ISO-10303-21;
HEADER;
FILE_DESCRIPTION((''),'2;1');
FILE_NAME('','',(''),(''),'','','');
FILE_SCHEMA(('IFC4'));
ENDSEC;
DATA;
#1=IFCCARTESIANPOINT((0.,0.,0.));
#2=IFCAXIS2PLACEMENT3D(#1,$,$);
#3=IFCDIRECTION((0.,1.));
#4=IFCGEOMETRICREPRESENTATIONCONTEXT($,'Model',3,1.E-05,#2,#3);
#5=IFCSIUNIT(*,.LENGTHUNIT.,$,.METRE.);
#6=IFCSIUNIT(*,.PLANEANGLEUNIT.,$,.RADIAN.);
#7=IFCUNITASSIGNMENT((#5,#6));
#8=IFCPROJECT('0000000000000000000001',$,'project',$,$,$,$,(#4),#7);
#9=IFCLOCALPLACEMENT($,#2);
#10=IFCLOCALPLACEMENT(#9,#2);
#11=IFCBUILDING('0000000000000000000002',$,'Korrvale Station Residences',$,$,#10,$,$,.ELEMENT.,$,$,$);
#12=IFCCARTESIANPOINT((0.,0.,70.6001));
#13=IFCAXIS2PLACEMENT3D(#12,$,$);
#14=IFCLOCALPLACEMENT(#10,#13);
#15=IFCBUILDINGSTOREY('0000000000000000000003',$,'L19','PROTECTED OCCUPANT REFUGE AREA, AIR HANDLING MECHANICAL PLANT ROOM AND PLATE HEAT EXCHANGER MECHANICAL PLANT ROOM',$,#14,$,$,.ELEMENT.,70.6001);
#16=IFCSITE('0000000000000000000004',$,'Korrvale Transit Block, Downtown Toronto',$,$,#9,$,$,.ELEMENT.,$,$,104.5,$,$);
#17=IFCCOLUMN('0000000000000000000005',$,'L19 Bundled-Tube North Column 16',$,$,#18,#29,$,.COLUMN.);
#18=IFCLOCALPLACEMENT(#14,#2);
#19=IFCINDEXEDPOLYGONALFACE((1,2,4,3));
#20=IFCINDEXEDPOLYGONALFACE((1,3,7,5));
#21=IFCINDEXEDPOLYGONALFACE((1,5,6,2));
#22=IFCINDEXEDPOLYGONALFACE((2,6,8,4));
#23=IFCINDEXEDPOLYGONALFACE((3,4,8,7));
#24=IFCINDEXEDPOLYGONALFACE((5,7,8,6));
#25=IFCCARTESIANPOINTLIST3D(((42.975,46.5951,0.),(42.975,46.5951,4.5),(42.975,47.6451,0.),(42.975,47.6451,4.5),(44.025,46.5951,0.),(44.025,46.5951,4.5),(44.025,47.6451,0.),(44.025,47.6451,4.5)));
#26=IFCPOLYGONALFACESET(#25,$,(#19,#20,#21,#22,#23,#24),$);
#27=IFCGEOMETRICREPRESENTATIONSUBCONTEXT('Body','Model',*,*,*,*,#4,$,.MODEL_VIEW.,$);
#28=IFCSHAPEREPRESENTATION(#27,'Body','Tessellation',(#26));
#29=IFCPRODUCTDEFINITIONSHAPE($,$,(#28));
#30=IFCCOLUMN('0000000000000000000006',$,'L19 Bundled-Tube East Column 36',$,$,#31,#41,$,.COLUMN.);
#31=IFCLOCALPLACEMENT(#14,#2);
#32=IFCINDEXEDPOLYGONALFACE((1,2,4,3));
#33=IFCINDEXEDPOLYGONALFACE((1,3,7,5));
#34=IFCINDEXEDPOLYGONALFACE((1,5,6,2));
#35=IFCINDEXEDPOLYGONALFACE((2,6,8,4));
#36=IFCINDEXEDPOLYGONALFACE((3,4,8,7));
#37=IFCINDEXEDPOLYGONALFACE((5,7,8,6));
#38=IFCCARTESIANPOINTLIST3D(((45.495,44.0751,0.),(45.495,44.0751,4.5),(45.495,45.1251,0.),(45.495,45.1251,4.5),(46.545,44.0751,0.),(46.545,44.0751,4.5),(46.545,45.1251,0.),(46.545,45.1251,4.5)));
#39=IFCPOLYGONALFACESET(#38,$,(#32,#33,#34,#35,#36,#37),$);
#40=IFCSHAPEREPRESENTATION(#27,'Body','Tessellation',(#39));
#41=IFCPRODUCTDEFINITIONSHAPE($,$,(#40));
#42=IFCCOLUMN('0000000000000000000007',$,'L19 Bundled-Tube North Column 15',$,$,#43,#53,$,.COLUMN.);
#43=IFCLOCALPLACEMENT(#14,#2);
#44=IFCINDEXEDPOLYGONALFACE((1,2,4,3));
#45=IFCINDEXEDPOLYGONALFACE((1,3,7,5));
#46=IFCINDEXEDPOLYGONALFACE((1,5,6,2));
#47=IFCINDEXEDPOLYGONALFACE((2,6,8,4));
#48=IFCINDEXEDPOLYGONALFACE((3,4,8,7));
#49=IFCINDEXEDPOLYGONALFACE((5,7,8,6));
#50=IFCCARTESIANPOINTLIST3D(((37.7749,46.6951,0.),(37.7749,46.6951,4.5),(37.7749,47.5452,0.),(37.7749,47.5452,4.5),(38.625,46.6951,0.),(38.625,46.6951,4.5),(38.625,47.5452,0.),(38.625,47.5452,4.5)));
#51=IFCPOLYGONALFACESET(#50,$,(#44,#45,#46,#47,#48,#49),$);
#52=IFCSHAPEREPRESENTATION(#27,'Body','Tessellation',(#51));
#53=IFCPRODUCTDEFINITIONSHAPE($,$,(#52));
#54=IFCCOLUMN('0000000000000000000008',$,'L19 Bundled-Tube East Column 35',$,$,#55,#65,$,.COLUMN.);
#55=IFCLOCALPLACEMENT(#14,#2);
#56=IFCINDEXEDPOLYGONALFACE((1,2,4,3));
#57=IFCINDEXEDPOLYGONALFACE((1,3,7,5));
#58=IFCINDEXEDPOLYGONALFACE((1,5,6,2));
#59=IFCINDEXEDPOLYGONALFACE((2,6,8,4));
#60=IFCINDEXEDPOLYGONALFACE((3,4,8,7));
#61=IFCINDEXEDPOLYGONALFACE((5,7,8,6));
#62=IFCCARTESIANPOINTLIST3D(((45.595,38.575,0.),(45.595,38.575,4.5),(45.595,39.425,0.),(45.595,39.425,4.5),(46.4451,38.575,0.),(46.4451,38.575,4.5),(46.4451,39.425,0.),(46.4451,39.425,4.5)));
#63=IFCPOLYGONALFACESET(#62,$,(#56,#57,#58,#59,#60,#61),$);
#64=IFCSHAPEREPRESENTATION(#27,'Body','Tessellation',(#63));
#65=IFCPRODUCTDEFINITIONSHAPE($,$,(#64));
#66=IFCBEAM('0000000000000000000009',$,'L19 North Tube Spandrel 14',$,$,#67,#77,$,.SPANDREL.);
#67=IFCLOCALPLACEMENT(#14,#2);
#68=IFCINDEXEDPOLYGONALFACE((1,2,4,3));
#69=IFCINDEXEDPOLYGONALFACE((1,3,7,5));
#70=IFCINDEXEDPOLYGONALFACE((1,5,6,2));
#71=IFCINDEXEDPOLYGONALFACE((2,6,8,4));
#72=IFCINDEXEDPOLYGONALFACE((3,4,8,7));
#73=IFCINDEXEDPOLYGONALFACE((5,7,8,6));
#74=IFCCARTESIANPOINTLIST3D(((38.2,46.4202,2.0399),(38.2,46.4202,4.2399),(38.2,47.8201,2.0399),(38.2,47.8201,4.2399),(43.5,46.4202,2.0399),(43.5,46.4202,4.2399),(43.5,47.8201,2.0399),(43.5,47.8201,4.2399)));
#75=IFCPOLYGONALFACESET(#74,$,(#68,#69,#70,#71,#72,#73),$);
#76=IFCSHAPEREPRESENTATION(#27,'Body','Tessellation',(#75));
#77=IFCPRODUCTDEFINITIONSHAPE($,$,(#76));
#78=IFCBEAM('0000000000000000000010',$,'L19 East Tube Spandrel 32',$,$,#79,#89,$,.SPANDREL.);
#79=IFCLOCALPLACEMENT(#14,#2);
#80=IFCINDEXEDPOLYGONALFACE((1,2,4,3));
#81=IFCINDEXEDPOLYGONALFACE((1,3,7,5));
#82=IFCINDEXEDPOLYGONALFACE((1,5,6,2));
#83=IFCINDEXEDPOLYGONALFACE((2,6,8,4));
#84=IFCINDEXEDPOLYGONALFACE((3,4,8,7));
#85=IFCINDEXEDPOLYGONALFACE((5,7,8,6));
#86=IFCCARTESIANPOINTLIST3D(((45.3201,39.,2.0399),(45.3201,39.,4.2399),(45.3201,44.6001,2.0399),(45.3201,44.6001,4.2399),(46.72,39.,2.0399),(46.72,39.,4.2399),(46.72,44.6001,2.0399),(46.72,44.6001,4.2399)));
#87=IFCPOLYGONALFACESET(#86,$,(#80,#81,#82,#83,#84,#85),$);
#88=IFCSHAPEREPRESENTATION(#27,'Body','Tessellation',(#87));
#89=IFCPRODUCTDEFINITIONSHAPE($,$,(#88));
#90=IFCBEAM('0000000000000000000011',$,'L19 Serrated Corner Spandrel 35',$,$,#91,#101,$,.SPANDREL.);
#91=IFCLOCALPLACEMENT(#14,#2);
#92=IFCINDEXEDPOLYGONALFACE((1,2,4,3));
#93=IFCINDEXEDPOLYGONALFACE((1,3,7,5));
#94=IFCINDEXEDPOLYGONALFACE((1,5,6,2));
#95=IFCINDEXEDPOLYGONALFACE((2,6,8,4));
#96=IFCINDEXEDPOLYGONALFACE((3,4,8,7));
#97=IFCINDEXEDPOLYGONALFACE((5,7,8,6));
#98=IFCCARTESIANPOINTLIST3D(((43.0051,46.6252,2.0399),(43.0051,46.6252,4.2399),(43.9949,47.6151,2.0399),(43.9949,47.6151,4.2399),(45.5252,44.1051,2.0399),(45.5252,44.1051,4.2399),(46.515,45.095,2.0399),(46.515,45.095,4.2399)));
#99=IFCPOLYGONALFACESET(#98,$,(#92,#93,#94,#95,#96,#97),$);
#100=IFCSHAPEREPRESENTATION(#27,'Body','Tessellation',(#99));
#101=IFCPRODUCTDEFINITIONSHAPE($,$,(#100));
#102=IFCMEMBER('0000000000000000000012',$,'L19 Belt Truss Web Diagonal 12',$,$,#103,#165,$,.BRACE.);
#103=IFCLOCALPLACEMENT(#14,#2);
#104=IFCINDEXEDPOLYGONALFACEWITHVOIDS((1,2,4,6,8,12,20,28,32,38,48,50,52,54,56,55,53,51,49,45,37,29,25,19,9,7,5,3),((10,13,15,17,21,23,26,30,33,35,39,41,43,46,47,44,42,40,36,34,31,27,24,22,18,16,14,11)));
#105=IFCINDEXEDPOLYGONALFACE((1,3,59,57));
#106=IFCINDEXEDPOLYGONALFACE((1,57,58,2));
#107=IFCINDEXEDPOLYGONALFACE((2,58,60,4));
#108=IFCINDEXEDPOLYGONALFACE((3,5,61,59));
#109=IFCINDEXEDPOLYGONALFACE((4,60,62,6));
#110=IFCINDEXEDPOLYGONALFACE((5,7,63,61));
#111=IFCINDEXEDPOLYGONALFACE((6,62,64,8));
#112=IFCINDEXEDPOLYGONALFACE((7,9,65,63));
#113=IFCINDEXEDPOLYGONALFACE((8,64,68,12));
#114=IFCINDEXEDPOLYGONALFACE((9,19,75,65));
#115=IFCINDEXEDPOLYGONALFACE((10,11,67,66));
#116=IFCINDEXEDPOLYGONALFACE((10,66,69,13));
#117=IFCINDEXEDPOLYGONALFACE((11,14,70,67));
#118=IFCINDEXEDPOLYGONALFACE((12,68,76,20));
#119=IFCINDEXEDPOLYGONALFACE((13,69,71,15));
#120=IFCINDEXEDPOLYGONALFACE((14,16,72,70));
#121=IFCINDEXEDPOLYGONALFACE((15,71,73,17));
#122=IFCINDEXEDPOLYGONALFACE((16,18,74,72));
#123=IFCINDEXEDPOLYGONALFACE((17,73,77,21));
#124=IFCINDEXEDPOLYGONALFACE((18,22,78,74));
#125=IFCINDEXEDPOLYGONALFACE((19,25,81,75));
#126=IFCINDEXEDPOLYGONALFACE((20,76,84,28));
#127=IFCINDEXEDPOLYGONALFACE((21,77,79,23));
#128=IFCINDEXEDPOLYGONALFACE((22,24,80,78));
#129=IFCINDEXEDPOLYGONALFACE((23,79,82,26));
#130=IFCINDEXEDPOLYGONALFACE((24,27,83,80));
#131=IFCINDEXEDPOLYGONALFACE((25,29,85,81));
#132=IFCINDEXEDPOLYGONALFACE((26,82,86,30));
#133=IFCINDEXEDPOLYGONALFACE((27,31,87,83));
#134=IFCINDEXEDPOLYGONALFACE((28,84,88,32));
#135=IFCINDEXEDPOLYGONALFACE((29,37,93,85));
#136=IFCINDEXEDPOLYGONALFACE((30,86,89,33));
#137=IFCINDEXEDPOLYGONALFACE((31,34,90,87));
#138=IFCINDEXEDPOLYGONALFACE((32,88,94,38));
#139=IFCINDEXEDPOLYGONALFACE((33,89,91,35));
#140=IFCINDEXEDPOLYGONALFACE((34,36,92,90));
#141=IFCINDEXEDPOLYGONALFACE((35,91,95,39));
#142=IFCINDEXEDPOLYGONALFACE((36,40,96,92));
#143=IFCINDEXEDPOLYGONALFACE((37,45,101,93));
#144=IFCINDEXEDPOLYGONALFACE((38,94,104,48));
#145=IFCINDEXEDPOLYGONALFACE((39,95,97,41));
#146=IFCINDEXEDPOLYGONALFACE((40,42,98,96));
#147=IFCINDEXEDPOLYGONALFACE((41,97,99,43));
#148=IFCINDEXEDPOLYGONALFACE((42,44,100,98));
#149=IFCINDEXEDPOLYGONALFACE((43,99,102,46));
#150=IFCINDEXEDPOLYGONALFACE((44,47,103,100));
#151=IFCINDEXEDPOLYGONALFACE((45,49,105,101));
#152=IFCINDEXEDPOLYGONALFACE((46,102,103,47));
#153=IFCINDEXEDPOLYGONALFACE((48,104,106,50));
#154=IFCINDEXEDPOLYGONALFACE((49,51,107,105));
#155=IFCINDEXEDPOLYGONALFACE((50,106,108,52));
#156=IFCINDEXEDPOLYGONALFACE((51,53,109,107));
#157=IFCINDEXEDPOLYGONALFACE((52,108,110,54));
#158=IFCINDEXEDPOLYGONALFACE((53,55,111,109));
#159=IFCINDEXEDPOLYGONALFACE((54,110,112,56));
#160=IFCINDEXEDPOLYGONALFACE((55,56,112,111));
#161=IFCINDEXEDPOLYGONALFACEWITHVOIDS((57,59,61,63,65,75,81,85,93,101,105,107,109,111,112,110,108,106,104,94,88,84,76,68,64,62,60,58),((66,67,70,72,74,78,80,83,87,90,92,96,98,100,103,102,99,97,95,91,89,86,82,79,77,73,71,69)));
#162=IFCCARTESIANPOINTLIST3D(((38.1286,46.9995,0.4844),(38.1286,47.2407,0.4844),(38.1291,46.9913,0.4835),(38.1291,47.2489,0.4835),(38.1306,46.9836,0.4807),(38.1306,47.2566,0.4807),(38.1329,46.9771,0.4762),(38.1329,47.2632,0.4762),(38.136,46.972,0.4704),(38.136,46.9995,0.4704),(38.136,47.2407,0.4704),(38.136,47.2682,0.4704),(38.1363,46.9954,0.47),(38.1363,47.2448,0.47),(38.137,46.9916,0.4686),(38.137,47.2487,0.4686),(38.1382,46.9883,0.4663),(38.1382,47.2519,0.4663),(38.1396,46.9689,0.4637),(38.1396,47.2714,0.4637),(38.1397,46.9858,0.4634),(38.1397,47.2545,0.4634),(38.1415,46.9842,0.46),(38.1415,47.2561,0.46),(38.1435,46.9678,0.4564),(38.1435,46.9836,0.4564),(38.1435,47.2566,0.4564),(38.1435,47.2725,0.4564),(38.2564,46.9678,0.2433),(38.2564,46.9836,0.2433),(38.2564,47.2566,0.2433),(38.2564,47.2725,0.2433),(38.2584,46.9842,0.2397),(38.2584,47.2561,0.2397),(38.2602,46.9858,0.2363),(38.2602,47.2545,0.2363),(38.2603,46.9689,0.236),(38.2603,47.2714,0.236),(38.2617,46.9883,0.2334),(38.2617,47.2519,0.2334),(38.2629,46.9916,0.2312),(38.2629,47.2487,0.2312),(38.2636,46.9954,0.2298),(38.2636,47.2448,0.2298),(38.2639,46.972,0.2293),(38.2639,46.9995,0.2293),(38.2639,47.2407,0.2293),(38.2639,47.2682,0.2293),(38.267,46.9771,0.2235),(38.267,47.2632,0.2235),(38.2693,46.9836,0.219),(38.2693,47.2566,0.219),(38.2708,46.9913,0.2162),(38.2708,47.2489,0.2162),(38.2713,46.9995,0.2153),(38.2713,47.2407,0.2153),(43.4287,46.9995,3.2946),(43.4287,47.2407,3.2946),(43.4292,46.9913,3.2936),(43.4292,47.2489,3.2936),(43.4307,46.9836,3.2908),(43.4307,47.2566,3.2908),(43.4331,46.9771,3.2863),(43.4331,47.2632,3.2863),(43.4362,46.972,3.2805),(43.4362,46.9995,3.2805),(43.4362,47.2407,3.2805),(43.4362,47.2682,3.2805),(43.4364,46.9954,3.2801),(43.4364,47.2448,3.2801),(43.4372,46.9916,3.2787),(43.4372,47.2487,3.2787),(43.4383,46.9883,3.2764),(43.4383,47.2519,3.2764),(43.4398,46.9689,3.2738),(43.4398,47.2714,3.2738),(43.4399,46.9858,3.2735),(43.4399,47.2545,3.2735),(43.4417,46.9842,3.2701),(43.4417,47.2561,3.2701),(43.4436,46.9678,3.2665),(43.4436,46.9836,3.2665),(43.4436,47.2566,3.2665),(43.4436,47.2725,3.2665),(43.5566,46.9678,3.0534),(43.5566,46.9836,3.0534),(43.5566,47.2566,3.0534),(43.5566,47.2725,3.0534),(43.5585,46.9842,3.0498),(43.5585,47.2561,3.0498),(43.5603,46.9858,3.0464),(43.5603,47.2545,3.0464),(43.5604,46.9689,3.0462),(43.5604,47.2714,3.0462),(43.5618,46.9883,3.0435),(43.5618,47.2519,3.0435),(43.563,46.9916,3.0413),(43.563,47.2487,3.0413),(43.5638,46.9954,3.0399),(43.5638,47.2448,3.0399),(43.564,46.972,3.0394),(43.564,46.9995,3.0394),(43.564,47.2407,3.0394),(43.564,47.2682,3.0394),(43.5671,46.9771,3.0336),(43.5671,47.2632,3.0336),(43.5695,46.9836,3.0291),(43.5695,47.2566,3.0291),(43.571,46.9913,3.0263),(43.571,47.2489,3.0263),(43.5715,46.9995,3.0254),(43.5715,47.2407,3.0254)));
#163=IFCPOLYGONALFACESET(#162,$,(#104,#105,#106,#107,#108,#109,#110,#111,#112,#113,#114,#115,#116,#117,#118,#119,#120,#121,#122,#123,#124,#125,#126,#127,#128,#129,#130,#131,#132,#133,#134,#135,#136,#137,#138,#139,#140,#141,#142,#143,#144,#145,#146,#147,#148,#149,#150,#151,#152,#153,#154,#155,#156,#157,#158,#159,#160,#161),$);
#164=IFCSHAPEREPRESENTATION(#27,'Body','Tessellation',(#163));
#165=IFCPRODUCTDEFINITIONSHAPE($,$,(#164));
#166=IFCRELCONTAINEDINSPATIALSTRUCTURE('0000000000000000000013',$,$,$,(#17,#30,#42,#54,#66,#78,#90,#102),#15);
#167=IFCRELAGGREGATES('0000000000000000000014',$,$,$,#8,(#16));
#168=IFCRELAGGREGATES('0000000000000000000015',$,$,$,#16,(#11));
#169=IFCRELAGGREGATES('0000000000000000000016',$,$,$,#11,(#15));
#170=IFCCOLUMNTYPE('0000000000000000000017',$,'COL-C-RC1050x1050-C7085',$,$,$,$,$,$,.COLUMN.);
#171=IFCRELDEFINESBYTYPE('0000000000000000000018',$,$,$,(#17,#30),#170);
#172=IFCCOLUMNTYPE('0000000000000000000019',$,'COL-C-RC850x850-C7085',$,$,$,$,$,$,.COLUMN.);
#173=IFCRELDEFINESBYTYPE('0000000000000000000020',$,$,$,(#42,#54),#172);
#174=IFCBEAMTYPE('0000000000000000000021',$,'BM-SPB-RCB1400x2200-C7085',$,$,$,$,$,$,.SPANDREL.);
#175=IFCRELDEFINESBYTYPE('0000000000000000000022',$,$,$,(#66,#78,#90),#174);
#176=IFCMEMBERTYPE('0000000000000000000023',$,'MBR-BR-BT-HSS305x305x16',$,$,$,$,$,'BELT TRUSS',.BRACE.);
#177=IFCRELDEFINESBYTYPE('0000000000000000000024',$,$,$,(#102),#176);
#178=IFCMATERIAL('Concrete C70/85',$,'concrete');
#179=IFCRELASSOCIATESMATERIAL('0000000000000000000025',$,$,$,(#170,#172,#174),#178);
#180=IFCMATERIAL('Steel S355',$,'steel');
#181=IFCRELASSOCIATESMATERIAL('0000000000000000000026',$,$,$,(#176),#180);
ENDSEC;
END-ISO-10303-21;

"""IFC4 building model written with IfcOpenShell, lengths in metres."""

from ifc_helpers import new_model, si_unit, direction, frame, origin, origin_2d, place, context, subcontext, project, spatial, rectangle, hollow_rectangle, extrude, material, material_profile, profile_set, type_object, element, save


model = new_model("IFC4")

# Units and contexts
model_context = context("Model", 3, precision=1e-05, world=origin(), true_north=direction((0.0, 1.0)))
body_context = subcontext(model_context, "Body", "Model", "MODEL_VIEW")
ifc_project = project(units=[si_unit("LENGTHUNIT", "METRE"), si_unit("PLANEANGLEUNIT", "RADIAN")], contexts=[model_context])

# Site, building, storey
site_placement = place(None, origin())
site = spatial("IfcSite", under=ifc_project, at=site_placement, Name="Korrvale Transit Block, Downtown Toronto", CompositionType="ELEMENT", RefElevation=104.5)
building_placement = place(site_placement, origin())
building = spatial("IfcBuilding", under=site, at=building_placement, Name="Korrvale Station Residences", CompositionType="ELEMENT")
storey_placement = place(building_placement, frame((0.0, 0.0, 70.6001)))
storey = spatial("IfcBuildingStorey", under=building, at=storey_placement, Name="L19", Description="PROTECTED OCCUPANT REFUGE AREA, AIR HANDLING MECHANICAL PLANT ROOM AND PLATE HEAT EXCHANGER MECHANICAL PLANT ROOM", CompositionType="ELEMENT", Elevation=70.6001)

# Columns
ifc_material_1 = material(Name="Concrete C70/85", Category="concrete")
ifc_material_profile_1 = material_profile(ifc_material_1, rectangle(XDim=1.05, YDim=1.05, at=origin_2d()), Name="RC1050x1050")
ifc_profile_set_1 = profile_set([ifc_material_profile_1], Name="Concrete C70/85")
column_type_1 = type_object("IfcColumnType", Name="COL-C-RC1050x1050-C7085", PredefinedType="COLUMN", material=ifc_profile_set_1)
for number, where, z_axis, x_axis, name in (
    (1, (43.5, 47.1201, 0.0), (0.0, 0.0, 1.0), (1.0, 0.0, 0.0), "L19 Bundled-Tube North Column 16"),
    (2, (46.02, 44.6001, 0.0), (0.0, 0.0, 1.0), (1.0, 0.0, 0.0), "L19 Bundled-Tube East Column 36"),
):
    element("IfcColumn", number, at=place(storey_placement, frame(where, z_axis=z_axis, x_axis=x_axis)), inside=storey, type_object=column_type_1, Name=name, PredefinedType="COLUMN", context=body_context, shape_type="SweptSolid", body=[
        extrude(rectangle(XDim=1.05, YDim=1.05, at=origin_2d()), origin(), (0.0, 0.0, 1.0), 4.5),
    ])
ifc_material_profile_2 = material_profile(ifc_material_1, rectangle(XDim=0.8501, YDim=0.8501, at=origin_2d()), Name="RC850x850")
ifc_profile_set_2 = profile_set([ifc_material_profile_2], Name="Concrete C70/85")
column_type_2 = type_object("IfcColumnType", Name="COL-C-RC850x850-C7085", PredefinedType="COLUMN", material=ifc_profile_set_2)
for number, where, z_axis, x_axis, name in (
    (3, (38.2, 47.1201, 0.0), (0.0, 0.0, 1.0), (1.0, 0.0, 0.0), "L19 Bundled-Tube North Column 15"),
    (4, (46.02, 39.0, 0.0), (0.0, 0.0, 1.0), (1.0, 0.0, 0.0), "L19 Bundled-Tube East Column 35"),
):
    element("IfcColumn", number, at=place(storey_placement, frame(where, z_axis=z_axis, x_axis=x_axis)), inside=storey, type_object=column_type_2, Name=name, PredefinedType="COLUMN", context=body_context, shape_type="SweptSolid", body=[
        extrude(rectangle(XDim=0.8501, YDim=0.8501, at=origin_2d()), origin(), (0.0, 0.0, 1.0), 4.5),
    ])

# Beams
ifc_material_profile_3 = material_profile(ifc_material_1, rectangle(XDim=1.3999, YDim=2.2, at=origin_2d()), Name="RCB1400x2200")
ifc_profile_set_3 = profile_set([ifc_material_profile_3], Name="Concrete C70/85")
beam_type = type_object("IfcBeamType", Name="BM-SPB-RCB1400x2200-C7085", PredefinedType="SPANDREL", material=ifc_profile_set_3)
beam_1_placement = place(storey_placement, frame((38.2, 47.1201, 3.1399), z_axis=(1.0, 0.0, 0.0), x_axis=(0.0, 1.0, 0.0)))
element("IfcBeam", 5, at=beam_1_placement, inside=storey, type_object=beam_type, Name="L19 North Tube Spandrel 14", PredefinedType="SPANDREL", context=body_context, shape_type="SweptSolid", body=[
    extrude(rectangle(XDim=1.3999, YDim=2.2, at=origin_2d()), origin(), (0.0, 0.0, 1.0), 5.3),
])
beam_2_placement = place(storey_placement, frame((46.02, 39.0, 3.1399), z_axis=(0.0, 1.0, 0.0), x_axis=(-1.0, 0.0, 0.0)))
element("IfcBeam", 6, at=beam_2_placement, inside=storey, type_object=beam_type, Name="L19 East Tube Spandrel 32", PredefinedType="SPANDREL", context=body_context, shape_type="SweptSolid", body=[
    extrude(rectangle(XDim=1.3999, YDim=2.2, at=origin_2d()), origin(), (0.0, 0.0, 1.0), 5.6001),
])
beam_3_placement = place(storey_placement, frame((43.5, 47.1201, 3.1399), z_axis=(0.707107, -0.707107, 0.0), x_axis=(0.707107, 0.707107, 0.0)))
element("IfcBeam", 7, at=beam_3_placement, inside=storey, type_object=beam_type, Name="L19 Serrated Corner Spandrel 35", PredefinedType="SPANDREL", context=body_context, shape_type="SweptSolid", body=[
    extrude(rectangle(XDim=1.3999, YDim=2.2, at=origin_2d()), origin(), (0.0, 0.0, 1.0), 3.564),
])

# Member
ifc_material_2 = material(Name="Steel S355", Category="steel")
ifc_material_profile_4 = material_profile(ifc_material_2, hollow_rectangle(XDim=0.3047, YDim=0.3047, WallThickness=0.0159, InnerFilletRadius=0.0159, OuterFilletRadius=0.0317, at=origin_2d()), Name="HSS305x305x16")
ifc_profile_set_4 = profile_set([ifc_material_profile_4], Name="Steel S355")
member_type_1 = type_object("IfcMemberType", Name="MBR-BR-BT-HSS305x305x16", ElementType="BELT TRUSS", PredefinedType="BRACE", material=ifc_profile_set_4)
member_1_placement = place(storey_placement, frame((38.2, 47.1201, 0.3499), z_axis=(0.883502, 0.0, 0.468428), x_axis=(0.0, 1.0, 0.0)))
element("IfcMember", 8, at=member_1_placement, inside=storey, type_object=member_type_1, Name="L19 Belt Truss Web Diagonal 12", PredefinedType="BRACE", context=body_context, shape_type="SweptSolid", body=[
    extrude(hollow_rectangle(XDim=0.3047, YDim=0.3047, WallThickness=0.0159, InnerFilletRadius=0.0159, OuterFilletRadius=0.0317, at=origin_2d()), origin(), (0.0, 0.0, 1.0), 5.999),
])

save(model, "model.ifc")
